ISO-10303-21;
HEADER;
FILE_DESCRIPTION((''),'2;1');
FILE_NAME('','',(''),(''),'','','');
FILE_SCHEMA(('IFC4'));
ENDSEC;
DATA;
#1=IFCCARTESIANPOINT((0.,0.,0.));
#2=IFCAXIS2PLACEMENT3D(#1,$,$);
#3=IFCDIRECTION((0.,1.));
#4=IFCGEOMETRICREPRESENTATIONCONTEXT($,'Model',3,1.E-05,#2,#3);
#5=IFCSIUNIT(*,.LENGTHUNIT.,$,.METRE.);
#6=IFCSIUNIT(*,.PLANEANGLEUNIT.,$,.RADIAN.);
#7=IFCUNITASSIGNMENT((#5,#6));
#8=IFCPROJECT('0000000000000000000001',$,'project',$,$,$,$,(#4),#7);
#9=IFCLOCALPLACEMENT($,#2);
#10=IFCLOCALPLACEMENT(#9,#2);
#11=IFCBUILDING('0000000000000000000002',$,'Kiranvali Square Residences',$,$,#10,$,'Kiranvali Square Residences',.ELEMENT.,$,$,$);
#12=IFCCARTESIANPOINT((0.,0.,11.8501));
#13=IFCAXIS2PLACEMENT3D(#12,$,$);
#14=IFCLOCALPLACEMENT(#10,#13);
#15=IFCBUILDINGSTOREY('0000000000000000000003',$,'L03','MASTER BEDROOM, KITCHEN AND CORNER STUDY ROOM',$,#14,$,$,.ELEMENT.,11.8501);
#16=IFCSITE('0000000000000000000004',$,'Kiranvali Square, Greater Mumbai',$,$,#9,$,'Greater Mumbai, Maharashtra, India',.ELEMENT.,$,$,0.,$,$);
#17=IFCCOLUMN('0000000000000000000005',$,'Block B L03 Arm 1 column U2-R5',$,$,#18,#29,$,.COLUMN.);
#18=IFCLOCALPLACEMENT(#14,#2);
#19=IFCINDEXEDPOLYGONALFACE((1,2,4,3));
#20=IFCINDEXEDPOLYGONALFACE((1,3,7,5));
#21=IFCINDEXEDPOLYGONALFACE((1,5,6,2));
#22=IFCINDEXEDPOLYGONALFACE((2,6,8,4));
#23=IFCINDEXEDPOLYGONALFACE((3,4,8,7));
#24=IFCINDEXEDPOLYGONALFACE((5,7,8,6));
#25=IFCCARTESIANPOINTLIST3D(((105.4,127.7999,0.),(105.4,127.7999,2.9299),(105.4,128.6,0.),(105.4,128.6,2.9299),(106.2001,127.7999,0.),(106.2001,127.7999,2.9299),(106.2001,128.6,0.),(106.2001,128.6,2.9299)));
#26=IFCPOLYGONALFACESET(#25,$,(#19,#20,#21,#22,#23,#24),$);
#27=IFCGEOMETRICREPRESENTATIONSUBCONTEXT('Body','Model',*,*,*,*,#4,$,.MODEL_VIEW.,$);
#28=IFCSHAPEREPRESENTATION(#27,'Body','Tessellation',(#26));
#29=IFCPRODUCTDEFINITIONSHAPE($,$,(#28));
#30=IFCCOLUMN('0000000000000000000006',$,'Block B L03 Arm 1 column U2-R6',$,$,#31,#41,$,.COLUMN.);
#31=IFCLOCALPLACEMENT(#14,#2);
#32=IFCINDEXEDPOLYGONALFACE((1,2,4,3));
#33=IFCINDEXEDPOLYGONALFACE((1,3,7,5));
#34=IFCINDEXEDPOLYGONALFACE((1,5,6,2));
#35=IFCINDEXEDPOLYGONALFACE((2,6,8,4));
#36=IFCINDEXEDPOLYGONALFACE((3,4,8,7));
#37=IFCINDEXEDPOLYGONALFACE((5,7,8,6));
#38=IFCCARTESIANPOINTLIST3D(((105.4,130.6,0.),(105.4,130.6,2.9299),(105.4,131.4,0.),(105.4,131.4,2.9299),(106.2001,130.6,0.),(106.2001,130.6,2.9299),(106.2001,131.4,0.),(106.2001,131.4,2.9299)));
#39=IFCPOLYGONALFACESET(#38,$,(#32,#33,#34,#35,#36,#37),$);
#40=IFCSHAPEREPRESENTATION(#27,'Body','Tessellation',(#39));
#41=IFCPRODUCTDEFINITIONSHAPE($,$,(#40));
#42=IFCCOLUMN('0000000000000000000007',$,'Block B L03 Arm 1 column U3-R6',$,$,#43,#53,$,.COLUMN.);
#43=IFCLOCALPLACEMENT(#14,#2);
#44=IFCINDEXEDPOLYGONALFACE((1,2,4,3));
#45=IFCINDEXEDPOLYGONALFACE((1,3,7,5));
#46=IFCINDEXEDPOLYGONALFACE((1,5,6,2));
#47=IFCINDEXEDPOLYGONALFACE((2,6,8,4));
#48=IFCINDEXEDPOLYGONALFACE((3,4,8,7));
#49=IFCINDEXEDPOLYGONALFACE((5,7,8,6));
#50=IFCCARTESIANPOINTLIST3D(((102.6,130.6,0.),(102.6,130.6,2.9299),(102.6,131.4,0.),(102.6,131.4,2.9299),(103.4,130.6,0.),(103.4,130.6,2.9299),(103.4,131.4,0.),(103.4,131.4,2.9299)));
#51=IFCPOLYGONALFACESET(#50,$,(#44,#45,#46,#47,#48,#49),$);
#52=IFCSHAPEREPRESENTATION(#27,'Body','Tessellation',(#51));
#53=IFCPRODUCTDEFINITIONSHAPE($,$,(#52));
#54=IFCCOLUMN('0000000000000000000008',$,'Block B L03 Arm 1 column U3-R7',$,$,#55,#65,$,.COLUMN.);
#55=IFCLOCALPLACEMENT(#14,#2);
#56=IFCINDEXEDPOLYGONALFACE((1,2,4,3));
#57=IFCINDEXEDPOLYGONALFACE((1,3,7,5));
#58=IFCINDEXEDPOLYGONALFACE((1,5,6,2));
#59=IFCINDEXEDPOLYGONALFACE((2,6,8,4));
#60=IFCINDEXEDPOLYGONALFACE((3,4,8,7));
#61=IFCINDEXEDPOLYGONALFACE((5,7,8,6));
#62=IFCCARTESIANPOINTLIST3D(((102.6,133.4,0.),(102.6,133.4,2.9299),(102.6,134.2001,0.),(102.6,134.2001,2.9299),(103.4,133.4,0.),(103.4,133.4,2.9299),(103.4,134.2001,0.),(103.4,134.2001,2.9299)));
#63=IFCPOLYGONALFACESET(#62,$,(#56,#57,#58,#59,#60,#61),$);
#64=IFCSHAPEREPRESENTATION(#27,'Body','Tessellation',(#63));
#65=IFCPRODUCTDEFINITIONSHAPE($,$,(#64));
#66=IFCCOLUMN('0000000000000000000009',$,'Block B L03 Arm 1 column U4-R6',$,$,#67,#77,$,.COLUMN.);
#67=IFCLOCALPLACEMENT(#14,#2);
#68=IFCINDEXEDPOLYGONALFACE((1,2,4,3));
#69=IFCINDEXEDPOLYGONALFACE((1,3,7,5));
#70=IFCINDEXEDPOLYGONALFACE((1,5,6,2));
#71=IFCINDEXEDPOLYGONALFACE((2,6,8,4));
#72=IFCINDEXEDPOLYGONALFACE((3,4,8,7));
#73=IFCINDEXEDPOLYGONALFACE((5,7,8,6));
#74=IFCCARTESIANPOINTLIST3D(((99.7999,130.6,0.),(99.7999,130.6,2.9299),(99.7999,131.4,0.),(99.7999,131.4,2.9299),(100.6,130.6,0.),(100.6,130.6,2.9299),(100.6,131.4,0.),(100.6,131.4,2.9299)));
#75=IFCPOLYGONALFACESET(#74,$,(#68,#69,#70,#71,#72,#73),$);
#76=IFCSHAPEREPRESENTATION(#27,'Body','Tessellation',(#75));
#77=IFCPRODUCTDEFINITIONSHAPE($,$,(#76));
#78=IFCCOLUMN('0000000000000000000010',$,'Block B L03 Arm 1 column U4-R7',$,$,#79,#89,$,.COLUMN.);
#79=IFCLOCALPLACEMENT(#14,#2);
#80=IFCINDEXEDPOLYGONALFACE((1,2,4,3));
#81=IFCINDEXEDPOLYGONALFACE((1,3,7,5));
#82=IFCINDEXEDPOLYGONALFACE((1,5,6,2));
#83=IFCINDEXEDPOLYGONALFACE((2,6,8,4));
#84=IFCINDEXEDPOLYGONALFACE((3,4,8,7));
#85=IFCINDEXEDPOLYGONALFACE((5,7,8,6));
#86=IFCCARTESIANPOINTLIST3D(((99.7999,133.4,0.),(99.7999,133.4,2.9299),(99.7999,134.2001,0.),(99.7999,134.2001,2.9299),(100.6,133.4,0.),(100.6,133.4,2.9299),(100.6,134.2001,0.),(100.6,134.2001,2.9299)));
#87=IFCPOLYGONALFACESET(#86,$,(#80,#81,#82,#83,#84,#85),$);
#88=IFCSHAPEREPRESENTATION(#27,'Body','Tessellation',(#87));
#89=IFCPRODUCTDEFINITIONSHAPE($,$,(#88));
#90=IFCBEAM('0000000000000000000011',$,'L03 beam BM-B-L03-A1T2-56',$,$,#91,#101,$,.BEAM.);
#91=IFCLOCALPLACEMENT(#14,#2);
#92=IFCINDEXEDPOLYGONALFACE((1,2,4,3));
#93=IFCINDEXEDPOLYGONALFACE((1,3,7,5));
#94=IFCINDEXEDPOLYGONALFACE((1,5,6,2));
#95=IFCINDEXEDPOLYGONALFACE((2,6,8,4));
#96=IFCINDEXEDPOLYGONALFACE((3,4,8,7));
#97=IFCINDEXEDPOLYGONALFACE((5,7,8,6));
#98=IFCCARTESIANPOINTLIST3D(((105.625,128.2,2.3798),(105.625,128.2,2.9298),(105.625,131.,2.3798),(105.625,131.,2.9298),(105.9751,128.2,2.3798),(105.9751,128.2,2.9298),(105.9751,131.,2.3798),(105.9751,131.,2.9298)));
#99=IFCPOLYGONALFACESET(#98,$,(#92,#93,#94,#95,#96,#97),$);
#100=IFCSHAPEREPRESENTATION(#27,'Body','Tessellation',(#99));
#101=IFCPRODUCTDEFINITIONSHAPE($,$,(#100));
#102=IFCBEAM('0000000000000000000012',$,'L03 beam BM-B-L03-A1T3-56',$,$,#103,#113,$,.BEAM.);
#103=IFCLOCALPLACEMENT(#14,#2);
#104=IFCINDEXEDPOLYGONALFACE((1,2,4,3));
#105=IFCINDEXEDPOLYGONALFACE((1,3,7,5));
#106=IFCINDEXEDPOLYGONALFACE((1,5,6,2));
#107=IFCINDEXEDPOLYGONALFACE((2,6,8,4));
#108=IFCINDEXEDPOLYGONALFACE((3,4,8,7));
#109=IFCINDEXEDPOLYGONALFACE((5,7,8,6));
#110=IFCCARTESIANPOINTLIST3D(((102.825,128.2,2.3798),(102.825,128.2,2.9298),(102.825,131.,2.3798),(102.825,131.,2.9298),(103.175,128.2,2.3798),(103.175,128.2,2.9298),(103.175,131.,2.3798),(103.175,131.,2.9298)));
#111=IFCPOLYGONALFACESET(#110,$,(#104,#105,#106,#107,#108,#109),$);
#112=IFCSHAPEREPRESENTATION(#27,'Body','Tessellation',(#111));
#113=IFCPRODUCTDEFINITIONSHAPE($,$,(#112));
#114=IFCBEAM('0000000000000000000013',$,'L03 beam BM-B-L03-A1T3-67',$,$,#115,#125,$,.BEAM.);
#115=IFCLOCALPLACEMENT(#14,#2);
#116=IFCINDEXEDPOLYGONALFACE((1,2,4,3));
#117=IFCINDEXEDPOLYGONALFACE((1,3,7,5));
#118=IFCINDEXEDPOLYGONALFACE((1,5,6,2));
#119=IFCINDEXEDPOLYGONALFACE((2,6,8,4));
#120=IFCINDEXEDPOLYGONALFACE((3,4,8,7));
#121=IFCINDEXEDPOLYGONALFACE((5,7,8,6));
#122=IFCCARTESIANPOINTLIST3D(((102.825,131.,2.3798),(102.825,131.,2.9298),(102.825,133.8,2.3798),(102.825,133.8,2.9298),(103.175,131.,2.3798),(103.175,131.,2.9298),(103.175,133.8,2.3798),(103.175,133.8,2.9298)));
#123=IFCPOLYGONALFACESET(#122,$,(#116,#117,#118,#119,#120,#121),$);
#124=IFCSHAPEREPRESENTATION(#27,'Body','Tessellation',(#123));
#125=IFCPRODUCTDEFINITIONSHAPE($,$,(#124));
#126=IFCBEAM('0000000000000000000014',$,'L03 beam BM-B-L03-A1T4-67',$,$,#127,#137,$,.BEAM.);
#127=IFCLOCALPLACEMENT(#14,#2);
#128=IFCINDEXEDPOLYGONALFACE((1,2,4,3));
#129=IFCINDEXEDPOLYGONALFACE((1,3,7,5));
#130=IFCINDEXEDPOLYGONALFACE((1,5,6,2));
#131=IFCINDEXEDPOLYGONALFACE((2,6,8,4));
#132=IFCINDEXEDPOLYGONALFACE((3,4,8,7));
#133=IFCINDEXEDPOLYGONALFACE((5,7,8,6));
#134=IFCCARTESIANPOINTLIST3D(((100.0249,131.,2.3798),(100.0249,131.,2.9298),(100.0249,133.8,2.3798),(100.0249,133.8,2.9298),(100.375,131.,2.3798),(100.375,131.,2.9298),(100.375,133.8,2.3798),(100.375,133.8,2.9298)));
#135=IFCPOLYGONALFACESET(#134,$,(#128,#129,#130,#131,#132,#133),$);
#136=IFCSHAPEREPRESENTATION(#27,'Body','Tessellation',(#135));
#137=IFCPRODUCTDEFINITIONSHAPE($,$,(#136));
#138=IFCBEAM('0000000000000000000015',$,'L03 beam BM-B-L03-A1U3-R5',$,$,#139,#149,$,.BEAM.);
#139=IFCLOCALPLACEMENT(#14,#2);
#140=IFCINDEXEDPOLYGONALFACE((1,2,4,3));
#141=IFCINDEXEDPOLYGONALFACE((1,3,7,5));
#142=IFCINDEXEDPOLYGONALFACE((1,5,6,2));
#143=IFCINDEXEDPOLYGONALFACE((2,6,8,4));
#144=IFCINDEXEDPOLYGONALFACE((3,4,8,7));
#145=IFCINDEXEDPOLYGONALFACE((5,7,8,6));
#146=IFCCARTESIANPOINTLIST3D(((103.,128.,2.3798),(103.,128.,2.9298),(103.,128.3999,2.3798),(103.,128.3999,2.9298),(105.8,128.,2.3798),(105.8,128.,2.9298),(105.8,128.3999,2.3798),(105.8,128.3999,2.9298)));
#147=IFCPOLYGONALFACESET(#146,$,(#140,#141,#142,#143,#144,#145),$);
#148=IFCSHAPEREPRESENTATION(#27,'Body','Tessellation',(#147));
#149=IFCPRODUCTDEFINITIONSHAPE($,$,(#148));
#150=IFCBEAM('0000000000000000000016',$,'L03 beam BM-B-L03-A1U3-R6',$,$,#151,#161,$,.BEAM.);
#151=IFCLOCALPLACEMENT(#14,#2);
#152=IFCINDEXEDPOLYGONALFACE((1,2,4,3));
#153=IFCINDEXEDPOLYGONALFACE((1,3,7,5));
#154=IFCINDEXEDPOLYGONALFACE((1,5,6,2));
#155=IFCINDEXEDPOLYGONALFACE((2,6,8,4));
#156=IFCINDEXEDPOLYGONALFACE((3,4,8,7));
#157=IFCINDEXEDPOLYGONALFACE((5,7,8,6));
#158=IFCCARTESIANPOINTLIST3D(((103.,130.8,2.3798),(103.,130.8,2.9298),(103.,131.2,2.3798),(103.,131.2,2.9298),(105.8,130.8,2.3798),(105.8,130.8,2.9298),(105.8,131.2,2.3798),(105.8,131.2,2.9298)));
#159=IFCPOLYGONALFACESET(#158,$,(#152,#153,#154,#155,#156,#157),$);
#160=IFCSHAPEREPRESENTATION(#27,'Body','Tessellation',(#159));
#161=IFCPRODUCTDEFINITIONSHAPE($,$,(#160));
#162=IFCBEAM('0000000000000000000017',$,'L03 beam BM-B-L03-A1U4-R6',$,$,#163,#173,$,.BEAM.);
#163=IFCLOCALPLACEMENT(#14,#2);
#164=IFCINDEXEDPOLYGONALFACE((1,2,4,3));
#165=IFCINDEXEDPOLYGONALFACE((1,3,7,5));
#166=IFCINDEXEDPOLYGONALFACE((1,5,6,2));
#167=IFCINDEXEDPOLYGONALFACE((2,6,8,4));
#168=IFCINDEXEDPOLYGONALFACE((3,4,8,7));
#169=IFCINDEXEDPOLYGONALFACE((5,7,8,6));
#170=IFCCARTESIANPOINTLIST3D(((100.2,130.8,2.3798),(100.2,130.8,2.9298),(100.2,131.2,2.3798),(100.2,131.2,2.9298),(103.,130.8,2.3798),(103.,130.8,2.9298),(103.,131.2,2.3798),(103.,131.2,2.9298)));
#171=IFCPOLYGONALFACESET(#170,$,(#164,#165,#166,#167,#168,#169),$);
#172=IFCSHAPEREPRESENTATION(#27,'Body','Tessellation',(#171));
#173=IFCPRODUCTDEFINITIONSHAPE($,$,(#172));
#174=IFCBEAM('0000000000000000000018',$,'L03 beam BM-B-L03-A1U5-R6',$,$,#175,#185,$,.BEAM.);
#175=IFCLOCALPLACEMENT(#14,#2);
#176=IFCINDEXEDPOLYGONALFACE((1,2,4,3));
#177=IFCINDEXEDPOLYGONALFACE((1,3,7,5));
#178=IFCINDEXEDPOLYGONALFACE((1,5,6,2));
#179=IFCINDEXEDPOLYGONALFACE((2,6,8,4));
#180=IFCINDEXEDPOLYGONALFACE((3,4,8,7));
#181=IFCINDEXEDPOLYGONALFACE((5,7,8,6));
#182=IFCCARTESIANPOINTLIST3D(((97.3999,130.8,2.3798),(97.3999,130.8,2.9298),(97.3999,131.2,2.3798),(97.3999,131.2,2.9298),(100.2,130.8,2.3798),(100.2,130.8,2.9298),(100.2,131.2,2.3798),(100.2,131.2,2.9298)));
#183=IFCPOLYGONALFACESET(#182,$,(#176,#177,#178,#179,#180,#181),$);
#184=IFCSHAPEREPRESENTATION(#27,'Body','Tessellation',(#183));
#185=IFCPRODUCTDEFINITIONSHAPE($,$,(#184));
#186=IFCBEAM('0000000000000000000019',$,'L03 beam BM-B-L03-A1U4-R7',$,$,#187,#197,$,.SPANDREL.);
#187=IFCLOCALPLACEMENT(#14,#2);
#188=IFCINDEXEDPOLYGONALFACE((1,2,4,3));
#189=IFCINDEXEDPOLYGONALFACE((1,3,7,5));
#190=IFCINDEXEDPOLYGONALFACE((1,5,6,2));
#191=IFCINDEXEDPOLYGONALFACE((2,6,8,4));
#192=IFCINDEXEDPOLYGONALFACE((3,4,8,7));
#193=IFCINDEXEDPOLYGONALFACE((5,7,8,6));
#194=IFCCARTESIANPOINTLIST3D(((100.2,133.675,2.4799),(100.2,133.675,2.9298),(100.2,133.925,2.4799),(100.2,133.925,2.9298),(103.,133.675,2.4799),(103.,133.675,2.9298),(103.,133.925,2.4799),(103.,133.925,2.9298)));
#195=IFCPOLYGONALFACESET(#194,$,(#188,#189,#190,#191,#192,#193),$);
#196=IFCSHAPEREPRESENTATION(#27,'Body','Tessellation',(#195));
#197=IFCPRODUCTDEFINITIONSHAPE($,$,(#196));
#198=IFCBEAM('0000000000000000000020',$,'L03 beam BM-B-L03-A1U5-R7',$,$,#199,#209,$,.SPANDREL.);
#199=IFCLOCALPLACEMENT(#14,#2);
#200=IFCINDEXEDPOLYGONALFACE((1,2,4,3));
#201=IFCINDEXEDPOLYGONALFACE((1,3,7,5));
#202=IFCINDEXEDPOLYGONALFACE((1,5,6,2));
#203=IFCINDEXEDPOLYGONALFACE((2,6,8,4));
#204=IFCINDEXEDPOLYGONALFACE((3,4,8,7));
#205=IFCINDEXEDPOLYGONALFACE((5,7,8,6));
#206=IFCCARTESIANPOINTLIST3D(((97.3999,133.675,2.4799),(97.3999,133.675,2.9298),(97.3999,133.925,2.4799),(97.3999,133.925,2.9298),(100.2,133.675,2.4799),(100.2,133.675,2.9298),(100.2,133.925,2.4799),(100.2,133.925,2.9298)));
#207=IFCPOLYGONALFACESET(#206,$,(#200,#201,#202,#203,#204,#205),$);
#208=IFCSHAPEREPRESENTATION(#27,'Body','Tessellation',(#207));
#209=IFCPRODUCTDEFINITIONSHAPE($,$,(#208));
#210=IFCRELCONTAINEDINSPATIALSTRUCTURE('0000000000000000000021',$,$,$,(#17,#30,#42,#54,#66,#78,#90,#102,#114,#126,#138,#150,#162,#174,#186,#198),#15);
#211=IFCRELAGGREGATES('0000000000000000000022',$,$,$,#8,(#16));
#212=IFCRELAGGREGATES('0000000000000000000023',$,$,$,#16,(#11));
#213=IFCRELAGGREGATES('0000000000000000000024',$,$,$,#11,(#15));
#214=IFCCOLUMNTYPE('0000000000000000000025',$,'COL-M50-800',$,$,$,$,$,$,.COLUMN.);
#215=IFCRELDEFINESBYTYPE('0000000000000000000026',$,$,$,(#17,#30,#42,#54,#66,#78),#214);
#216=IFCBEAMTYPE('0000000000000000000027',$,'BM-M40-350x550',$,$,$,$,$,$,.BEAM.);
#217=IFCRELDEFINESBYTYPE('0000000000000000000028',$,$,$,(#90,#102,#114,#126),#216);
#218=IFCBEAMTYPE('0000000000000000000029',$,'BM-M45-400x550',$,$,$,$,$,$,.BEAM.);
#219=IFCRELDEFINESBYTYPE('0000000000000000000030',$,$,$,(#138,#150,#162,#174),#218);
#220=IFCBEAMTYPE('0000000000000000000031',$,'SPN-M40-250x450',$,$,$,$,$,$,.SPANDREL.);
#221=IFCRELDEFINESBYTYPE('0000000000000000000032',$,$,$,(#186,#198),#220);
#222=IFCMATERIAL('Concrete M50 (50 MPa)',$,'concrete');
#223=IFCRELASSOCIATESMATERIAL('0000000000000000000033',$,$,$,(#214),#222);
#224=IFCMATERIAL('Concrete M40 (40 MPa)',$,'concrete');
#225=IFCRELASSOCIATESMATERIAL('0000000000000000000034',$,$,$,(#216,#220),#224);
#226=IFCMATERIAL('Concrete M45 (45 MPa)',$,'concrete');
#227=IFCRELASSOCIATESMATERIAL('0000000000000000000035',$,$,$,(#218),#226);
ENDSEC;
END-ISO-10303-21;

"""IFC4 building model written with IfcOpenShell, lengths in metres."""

from ifc_helpers import new_model, si_unit, direction, frame, origin, origin_2d, place, context, subcontext, project, spatial, rectangle, extrude, material, material_profile, profile_set, type_object, element, save


model = new_model("IFC4")

# Units and contexts
model_context = context("Model", 3, precision=1e-05, world=origin(), true_north=direction((0.0, 1.0)))
body_context = subcontext(model_context, "Body", "Model", "MODEL_VIEW")
ifc_project = project(units=[si_unit("LENGTHUNIT", "METRE"), si_unit("PLANEANGLEUNIT", "RADIAN")], contexts=[model_context])

# Site, building, storey
site_placement = place(None, origin())
site = spatial("IfcSite", under=ifc_project, at=site_placement, Name="Kiranvali Square, Greater Mumbai", LongName="Greater Mumbai, Maharashtra, India", CompositionType="ELEMENT", RefElevation=0.0)
building_placement = place(site_placement, origin())
building = spatial("IfcBuilding", under=site, at=building_placement, Name="Kiranvali Square Residences", LongName="Kiranvali Square Residences", CompositionType="ELEMENT")
storey_placement = place(building_placement, frame((0.0, 0.0, 11.8501)))
storey = spatial("IfcBuildingStorey", under=building, at=storey_placement, Name="L03", Description="MASTER BEDROOM, KITCHEN AND CORNER STUDY ROOM", CompositionType="ELEMENT", Elevation=11.8501)

# Columns
ifc_material_1 = material(Name="Concrete M50 (50 MPa)", Category="concrete")
ifc_material_profile_1 = material_profile(ifc_material_1, rectangle(XDim=0.8, YDim=0.8, at=origin_2d()), Name="RC 800x800")
ifc_profile_set_1 = profile_set([ifc_material_profile_1], Name="Concrete M50 (50 MPa)")
column_type = type_object("IfcColumnType", Name="COL-M50-800", PredefinedType="COLUMN", material=ifc_profile_set_1)
for number, where, z_axis, x_axis, name in (
    (1, (105.8, 128.2, 0.0), (0.0, 0.0, 1.0), (1.0, 0.0, 0.0), "Block B L03 Arm 1 column U2-R5"),
    (2, (105.8, 131.0, 0.0), (0.0, 0.0, 1.0), (1.0, 0.0, 0.0), "Block B L03 Arm 1 column U2-R6"),
    (3, (103.0, 131.0, 0.0), (0.0, 0.0, 1.0), (1.0, 0.0, 0.0), "Block B L03 Arm 1 column U3-R6"),
    (4, (103.0, 133.8, 0.0), (0.0, 0.0, 1.0), (1.0, 0.0, 0.0), "Block B L03 Arm 1 column U3-R7"),
    (5, (100.2, 131.0, 0.0), (0.0, 0.0, 1.0), (1.0, 0.0, 0.0), "Block B L03 Arm 1 column U4-R6"),
    (6, (100.2, 133.8, 0.0), (0.0, 0.0, 1.0), (1.0, 0.0, 0.0), "Block B L03 Arm 1 column U4-R7"),
):
    element("IfcColumn", number, at=place(storey_placement, frame(where, z_axis=z_axis, x_axis=x_axis)), inside=storey, type_object=column_type, Name=name, PredefinedType="COLUMN", context=body_context, shape_type="SweptSolid", body=[
        extrude(rectangle(XDim=0.8, YDim=0.8, at=origin_2d()), origin(), (0.0, 0.0, 1.0), 2.9299),
    ])

# Beams
ifc_material_2 = material(Name="Concrete M40 (40 MPa)", Category="concrete")
ifc_material_profile_2 = material_profile(ifc_material_2, rectangle(XDim=0.3501, YDim=0.55, at=origin_2d()), Name="RC 350x550")
ifc_profile_set_2 = profile_set([ifc_material_profile_2], Name="Concrete M40 (40 MPa)")
beam_type_1 = type_object("IfcBeamType", Name="BM-M40-350x550", PredefinedType="BEAM", material=ifc_profile_set_2)
for number, where, z_axis, x_axis, name in (
    (7, (105.8, 128.2, 2.6548), (0.0, 1.0, 0.0), (-1.0, 0.0, 0.0), "L03 beam BM-B-L03-A1T2-56"),
    (8, (103.0, 128.2, 2.6548), (0.0, 1.0, 0.0), (-1.0, 0.0, 0.0), "L03 beam BM-B-L03-A1T3-56"),
    (9, (103.0, 131.0, 2.6548), (0.0, 1.0, 0.0), (-1.0, 0.0, 0.0), "L03 beam BM-B-L03-A1T3-67"),
    (10, (100.2, 131.0, 2.6548), (0.0, 1.0, 0.0), (-1.0, 0.0, 0.0), "L03 beam BM-B-L03-A1T4-67"),
):
    element("IfcBeam", number, at=place(storey_placement, frame(where, z_axis=z_axis, x_axis=x_axis)), inside=storey, type_object=beam_type_1, Name=name, PredefinedType="BEAM", context=body_context, shape_type="SweptSolid", body=[
        extrude(rectangle(XDim=0.3501, YDim=0.55, at=origin_2d()), origin(), (0.0, 0.0, 1.0), 2.8),
    ])
ifc_material_3 = material(Name="Concrete M45 (45 MPa)", Category="concrete")
ifc_material_profile_3 = material_profile(ifc_material_3, rectangle(XDim=0.3999, YDim=0.55, at=origin_2d()), Name="RC 400x550")
ifc_profile_set_3 = profile_set([ifc_material_profile_3], Name="Concrete M45 (45 MPa)")
beam_type_2 = type_object("IfcBeamType", Name="BM-M45-400x550", PredefinedType="BEAM", material=ifc_profile_set_3)
for number, where, z_axis, x_axis, name in (
    (11, (105.8, 128.2, 2.6548), (-1.0, 0.0, 0.0), (0.0, -1.0, 0.0), "L03 beam BM-B-L03-A1U3-R5"),
    (12, (105.8, 131.0, 2.6548), (-1.0, 0.0, 0.0), (0.0, -1.0, 0.0), "L03 beam BM-B-L03-A1U3-R6"),
    (13, (103.0, 131.0, 2.6548), (-1.0, 0.0, 0.0), (0.0, -1.0, 0.0), "L03 beam BM-B-L03-A1U4-R6"),
    (14, (100.2, 131.0, 2.6548), (-1.0, 0.0, 0.0), (0.0, -1.0, 0.0), "L03 beam BM-B-L03-A1U5-R6"),
):
    element("IfcBeam", number, at=place(storey_placement, frame(where, z_axis=z_axis, x_axis=x_axis)), inside=storey, type_object=beam_type_2, Name=name, PredefinedType="BEAM", context=body_context, shape_type="SweptSolid", body=[
        extrude(rectangle(XDim=0.3999, YDim=0.55, at=origin_2d()), origin(), (0.0, 0.0, 1.0), 2.8),
    ])
ifc_material_profile_4 = material_profile(ifc_material_2, rectangle(XDim=0.25, YDim=0.45, at=origin_2d()), Name="RC 250x450")
ifc_profile_set_4 = profile_set([ifc_material_profile_4], Name="Concrete M40 (40 MPa)")
beam_type_3 = type_object("IfcBeamType", Name="SPN-M40-250x450", PredefinedType="SPANDREL", material=ifc_profile_set_4)
for number, where, z_axis, x_axis, name in (
    (15, (103.0, 133.8, 2.7048), (-1.0, 0.0, 0.0), (0.0, -1.0, 0.0), "L03 beam BM-B-L03-A1U4-R7"),
    (16, (100.2, 133.8, 2.7048), (-1.0, 0.0, 0.0), (0.0, -1.0, 0.0), "L03 beam BM-B-L03-A1U5-R7"),
):
    element("IfcBeam", number, at=place(storey_placement, frame(where, z_axis=z_axis, x_axis=x_axis)), inside=storey, type_object=beam_type_3, Name=name, PredefinedType="SPANDREL", context=body_context, shape_type="SweptSolid", body=[
        extrude(rectangle(XDim=0.25, YDim=0.45, at=origin_2d()), origin(), (0.0, 0.0, 1.0), 2.8),
    ])

save(model, "model.ifc")
